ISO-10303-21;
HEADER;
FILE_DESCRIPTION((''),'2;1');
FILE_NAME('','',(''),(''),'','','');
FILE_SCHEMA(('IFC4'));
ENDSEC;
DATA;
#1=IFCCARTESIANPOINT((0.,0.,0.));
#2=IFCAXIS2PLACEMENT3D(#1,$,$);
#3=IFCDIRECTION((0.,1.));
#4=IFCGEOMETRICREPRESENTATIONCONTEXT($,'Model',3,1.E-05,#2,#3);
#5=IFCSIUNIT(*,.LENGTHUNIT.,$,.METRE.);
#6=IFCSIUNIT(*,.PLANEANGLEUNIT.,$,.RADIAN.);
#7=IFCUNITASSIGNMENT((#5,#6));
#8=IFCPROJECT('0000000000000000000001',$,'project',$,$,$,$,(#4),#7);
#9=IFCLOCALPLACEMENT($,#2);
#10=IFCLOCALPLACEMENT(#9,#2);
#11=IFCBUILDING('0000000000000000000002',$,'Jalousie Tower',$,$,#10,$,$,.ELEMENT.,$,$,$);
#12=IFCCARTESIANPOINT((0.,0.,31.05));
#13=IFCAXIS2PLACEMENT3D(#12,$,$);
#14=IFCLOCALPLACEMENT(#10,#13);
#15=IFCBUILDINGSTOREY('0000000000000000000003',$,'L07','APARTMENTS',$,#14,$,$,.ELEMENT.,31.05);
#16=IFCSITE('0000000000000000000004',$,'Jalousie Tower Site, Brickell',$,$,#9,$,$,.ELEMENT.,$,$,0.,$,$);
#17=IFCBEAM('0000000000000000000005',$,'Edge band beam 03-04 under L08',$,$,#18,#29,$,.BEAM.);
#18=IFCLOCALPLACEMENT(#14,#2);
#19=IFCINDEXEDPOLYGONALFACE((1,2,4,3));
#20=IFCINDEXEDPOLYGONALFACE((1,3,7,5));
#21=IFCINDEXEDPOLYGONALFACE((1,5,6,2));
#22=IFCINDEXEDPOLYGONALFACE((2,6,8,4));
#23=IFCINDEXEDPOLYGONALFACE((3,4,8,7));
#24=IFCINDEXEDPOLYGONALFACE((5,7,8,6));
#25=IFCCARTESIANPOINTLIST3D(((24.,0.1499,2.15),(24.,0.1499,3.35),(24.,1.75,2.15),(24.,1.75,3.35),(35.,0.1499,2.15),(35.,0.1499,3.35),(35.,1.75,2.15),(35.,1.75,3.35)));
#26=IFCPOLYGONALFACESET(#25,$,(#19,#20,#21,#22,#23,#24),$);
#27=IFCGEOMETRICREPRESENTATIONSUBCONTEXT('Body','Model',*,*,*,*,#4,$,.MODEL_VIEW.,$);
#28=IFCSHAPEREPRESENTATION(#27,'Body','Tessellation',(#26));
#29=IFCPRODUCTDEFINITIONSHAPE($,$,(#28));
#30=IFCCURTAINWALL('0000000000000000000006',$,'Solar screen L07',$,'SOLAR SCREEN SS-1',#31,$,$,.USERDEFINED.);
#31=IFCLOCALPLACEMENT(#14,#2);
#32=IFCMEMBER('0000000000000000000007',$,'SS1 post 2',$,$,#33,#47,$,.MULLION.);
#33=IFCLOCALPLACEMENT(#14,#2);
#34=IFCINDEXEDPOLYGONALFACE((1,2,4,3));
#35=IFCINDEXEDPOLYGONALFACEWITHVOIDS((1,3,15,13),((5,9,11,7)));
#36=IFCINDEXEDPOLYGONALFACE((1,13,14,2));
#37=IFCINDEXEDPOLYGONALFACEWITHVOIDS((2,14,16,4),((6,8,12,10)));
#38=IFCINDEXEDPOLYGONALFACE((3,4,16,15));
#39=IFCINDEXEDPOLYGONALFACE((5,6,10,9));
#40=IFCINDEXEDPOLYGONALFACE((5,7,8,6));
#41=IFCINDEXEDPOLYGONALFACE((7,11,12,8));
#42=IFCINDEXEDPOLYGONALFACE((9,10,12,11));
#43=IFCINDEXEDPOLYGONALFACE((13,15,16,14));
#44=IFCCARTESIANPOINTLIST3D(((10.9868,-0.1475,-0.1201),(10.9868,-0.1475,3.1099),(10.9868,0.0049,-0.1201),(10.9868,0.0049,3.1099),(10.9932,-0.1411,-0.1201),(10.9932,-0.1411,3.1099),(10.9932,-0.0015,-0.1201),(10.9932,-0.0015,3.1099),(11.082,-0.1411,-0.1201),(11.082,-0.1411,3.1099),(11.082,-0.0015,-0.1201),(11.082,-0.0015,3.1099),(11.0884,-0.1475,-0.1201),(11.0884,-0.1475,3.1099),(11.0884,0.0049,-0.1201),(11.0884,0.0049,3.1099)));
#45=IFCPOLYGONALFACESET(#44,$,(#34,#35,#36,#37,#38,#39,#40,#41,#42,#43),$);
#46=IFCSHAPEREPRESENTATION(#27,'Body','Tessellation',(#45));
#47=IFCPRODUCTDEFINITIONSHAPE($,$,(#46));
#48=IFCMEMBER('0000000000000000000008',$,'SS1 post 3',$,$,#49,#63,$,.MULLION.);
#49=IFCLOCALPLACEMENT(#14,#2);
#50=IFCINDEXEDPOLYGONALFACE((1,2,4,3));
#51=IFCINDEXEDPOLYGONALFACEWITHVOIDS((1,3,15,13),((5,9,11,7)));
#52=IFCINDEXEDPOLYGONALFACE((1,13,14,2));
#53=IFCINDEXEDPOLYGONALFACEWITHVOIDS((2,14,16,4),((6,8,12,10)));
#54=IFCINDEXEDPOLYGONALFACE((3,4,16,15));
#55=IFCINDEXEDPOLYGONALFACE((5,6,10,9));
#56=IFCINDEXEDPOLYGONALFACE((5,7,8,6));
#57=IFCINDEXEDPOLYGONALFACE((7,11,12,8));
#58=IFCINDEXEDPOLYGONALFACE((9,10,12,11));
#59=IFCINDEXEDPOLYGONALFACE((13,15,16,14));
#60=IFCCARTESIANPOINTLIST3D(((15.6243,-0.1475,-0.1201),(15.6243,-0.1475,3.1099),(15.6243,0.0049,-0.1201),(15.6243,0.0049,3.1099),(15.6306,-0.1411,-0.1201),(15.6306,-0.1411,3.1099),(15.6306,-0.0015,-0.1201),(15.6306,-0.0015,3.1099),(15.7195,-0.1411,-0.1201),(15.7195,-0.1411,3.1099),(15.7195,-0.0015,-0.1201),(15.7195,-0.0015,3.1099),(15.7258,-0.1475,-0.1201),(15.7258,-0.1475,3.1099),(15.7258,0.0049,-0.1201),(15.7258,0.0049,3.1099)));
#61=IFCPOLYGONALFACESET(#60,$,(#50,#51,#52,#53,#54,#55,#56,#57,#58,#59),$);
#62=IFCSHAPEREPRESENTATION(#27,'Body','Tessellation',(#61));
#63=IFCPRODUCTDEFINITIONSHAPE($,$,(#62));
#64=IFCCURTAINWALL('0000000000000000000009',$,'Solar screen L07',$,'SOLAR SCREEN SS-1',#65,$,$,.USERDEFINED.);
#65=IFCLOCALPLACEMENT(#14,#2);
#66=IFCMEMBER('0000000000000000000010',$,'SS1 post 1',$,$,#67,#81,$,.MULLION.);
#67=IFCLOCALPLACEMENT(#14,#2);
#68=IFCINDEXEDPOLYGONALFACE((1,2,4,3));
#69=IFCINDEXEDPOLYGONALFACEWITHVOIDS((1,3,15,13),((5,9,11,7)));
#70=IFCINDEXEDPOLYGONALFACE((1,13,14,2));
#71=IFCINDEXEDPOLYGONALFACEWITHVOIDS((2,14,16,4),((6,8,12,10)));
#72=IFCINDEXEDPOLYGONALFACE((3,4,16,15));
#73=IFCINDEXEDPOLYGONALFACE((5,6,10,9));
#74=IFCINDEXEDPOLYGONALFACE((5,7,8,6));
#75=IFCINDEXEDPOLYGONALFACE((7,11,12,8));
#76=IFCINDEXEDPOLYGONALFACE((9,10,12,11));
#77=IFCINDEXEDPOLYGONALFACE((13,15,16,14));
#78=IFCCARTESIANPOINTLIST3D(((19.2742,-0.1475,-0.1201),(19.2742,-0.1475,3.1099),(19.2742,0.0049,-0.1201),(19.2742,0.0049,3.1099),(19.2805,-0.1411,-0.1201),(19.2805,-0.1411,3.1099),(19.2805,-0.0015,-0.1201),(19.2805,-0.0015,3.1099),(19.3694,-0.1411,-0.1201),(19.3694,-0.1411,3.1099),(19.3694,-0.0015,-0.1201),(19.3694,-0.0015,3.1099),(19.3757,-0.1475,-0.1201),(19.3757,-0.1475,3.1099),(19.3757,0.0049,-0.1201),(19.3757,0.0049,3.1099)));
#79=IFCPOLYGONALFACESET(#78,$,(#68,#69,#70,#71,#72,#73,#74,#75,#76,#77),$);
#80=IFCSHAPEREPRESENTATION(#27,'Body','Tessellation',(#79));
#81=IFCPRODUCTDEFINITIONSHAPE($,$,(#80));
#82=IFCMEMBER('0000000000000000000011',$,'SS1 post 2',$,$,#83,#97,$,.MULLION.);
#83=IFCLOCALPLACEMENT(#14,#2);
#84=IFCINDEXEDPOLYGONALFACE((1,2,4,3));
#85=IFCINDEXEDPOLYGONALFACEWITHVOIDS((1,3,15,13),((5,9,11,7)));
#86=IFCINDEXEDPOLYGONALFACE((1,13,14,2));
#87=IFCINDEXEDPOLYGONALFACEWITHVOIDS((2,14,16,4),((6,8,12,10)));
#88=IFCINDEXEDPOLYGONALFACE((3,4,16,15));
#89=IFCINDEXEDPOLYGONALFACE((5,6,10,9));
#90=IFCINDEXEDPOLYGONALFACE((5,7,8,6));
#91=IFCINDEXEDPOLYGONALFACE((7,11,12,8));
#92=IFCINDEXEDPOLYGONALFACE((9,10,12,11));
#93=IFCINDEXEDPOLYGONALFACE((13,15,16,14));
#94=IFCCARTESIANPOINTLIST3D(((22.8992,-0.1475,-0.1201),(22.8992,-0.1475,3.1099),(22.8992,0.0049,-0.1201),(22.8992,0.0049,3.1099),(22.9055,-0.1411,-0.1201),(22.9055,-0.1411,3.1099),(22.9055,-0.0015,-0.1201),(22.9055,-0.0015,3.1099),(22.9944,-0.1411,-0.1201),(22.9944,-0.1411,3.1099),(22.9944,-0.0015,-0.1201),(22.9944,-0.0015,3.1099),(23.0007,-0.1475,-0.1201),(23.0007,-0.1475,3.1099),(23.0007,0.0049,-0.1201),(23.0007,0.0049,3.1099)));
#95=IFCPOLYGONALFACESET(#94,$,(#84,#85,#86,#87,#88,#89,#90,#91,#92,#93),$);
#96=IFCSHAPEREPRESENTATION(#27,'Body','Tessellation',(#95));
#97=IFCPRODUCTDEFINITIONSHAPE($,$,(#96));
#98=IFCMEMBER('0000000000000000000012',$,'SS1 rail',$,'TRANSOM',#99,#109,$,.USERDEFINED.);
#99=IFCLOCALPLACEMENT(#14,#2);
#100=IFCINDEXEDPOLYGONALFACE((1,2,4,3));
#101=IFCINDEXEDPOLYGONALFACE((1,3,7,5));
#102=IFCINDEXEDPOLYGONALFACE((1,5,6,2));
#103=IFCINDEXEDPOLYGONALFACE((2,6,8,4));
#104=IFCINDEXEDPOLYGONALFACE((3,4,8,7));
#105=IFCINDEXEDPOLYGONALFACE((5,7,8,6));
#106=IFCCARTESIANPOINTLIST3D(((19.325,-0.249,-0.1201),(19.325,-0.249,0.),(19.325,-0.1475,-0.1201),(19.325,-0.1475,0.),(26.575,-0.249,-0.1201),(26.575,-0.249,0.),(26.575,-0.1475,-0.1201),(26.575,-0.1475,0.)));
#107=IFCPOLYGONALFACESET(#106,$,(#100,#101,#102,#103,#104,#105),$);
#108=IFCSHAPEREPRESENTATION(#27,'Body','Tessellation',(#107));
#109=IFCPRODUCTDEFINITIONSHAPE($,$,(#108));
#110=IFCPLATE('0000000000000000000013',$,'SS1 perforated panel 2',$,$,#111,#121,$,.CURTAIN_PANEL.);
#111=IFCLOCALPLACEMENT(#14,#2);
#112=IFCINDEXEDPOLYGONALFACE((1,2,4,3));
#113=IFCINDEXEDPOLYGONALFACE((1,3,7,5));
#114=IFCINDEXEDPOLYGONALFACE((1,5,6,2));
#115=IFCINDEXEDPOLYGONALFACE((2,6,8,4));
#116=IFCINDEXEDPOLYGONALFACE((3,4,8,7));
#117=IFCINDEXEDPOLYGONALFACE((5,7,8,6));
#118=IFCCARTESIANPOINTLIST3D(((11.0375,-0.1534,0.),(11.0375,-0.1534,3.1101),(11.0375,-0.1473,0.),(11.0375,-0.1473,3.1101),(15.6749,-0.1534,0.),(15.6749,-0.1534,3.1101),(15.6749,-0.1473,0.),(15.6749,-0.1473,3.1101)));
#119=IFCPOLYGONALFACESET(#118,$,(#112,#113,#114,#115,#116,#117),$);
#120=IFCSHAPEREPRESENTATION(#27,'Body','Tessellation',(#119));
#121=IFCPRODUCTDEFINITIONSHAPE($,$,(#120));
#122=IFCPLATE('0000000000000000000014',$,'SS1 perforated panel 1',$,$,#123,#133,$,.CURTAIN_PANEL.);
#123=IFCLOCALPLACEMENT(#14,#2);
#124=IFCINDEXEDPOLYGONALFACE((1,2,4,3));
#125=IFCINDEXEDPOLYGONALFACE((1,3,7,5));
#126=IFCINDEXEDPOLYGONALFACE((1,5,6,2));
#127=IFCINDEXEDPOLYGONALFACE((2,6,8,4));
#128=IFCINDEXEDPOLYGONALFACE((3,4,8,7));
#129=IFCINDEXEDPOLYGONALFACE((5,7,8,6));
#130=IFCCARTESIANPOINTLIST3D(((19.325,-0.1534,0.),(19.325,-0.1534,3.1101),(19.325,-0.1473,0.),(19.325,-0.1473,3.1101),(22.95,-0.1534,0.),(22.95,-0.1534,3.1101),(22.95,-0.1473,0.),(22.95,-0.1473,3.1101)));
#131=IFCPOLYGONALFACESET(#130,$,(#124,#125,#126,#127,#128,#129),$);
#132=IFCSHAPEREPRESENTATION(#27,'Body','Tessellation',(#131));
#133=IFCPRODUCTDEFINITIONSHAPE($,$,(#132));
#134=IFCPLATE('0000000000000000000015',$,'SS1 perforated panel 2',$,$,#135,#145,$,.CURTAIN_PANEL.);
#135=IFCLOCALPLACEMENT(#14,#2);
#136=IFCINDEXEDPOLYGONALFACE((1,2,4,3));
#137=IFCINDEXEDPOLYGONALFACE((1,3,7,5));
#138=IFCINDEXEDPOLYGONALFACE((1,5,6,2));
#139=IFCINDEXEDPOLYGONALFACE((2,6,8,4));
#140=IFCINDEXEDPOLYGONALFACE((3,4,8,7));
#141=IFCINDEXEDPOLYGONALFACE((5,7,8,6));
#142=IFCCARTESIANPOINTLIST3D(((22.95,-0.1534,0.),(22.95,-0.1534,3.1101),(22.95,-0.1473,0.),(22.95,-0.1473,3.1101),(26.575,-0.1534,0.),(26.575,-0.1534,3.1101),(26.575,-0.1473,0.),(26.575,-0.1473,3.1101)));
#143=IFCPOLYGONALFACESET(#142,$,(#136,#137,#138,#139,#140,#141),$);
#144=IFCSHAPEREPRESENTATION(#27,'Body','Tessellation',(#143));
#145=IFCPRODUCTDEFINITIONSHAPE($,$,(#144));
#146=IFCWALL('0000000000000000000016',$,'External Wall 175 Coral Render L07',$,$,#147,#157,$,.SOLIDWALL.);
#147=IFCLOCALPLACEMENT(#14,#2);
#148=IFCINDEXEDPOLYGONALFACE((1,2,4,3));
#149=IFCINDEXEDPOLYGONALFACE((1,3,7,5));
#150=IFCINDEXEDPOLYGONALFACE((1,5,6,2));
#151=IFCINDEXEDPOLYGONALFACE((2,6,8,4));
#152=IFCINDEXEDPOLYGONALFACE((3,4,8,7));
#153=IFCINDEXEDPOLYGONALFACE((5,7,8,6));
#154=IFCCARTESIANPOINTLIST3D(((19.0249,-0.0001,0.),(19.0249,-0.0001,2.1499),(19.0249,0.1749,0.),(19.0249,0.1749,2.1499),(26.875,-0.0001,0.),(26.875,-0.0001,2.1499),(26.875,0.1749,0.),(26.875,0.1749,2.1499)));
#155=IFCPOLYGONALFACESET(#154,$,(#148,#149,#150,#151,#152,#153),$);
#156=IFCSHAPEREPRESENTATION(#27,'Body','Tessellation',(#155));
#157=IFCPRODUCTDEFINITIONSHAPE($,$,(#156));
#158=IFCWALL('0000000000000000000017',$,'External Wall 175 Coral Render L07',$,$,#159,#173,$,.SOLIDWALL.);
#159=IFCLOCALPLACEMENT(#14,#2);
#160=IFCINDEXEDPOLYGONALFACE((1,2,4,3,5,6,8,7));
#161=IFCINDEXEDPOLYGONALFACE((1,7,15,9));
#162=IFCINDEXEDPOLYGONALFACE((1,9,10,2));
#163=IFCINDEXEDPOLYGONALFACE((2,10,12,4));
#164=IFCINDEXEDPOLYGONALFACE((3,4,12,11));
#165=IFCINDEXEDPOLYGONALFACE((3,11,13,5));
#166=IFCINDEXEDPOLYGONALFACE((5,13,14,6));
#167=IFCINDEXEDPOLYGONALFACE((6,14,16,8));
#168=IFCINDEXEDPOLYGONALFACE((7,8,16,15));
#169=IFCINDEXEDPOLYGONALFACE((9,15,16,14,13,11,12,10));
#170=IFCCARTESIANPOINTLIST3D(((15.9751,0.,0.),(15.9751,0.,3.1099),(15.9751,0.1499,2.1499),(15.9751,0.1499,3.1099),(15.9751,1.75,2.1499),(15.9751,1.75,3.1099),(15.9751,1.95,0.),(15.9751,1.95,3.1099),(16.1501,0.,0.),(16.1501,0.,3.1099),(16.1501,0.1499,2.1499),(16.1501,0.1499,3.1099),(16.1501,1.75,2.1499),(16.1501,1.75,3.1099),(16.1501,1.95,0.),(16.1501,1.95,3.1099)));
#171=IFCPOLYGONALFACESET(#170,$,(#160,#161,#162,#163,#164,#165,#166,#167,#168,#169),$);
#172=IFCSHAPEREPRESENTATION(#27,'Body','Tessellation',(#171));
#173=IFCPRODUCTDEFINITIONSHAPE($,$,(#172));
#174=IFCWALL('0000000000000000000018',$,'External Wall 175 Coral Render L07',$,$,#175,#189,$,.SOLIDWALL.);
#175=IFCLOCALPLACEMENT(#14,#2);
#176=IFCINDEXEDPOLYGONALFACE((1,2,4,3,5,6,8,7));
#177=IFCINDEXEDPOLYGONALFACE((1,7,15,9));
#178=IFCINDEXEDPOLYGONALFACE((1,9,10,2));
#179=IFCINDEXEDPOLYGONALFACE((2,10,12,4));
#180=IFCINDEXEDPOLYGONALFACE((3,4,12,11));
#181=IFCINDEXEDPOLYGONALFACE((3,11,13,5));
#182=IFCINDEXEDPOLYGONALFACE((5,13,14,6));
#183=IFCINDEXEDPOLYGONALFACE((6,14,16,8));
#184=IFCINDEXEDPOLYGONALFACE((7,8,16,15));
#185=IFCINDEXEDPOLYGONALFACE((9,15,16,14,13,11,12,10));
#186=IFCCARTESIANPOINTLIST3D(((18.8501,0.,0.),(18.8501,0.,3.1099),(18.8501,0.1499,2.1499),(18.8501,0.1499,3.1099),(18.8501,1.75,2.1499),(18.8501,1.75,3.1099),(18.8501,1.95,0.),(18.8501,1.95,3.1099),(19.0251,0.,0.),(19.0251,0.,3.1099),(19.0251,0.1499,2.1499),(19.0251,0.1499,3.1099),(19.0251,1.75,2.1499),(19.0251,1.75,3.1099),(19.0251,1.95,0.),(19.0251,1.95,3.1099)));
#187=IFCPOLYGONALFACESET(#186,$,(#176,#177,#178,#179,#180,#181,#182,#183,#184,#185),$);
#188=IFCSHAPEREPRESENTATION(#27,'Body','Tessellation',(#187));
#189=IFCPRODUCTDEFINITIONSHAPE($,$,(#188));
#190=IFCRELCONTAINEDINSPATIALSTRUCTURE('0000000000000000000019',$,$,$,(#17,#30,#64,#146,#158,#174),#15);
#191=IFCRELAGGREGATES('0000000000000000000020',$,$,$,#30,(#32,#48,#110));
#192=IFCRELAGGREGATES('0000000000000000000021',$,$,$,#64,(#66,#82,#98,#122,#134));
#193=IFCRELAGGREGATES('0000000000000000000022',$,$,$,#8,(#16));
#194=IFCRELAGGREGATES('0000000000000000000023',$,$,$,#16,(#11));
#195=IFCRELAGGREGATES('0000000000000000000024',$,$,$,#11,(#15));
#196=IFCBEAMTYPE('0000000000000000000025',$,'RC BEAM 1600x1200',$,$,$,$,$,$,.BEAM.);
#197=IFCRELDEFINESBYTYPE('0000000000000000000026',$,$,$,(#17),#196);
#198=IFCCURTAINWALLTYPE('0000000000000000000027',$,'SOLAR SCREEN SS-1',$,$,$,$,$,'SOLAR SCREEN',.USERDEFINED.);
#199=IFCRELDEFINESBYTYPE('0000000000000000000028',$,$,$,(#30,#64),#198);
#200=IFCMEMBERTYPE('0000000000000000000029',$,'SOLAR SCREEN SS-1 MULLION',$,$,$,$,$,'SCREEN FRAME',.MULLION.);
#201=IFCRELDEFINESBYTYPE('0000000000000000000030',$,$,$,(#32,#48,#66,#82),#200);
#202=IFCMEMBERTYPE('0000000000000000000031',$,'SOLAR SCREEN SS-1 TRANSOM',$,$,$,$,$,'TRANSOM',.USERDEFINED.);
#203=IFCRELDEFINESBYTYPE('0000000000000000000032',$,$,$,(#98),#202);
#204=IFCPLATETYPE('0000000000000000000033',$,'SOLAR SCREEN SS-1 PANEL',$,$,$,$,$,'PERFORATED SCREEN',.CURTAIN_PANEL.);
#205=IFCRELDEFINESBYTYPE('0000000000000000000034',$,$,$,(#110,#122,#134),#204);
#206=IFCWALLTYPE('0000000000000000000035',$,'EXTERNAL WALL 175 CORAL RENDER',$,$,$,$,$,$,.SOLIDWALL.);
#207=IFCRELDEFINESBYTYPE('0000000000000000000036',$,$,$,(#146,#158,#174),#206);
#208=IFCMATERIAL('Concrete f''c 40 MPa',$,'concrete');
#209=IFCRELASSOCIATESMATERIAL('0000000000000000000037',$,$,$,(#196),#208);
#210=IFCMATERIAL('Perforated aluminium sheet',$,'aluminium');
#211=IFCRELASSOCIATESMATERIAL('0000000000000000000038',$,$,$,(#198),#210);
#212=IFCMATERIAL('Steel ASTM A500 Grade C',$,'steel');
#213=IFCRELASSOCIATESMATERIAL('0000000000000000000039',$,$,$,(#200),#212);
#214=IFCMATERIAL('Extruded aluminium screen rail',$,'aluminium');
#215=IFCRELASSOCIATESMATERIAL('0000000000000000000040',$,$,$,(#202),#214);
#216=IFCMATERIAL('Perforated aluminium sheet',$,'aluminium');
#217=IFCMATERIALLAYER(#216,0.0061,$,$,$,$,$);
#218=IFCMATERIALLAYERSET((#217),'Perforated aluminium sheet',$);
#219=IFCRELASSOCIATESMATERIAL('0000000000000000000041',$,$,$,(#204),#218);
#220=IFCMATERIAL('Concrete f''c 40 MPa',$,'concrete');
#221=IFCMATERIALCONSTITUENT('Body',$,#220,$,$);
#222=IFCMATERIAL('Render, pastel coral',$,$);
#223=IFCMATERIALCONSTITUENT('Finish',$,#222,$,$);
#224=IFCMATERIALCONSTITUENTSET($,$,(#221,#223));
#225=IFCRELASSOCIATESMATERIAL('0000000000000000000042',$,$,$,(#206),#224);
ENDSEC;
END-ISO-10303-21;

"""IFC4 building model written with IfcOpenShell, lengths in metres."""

from ifc_helpers import new_model, si_unit, direction, frame, frame_2d, origin, origin_2d, place, context, subcontext, project, spatial, polyline, rectangle, hollow_rectangle, outline, extrude, material, layer, layer_set, constituent, constituent_set, material_profile, profile_set, type_object, element, aggregate, save


model = new_model("IFC4")

# Units and contexts
model_context = context("Model", 3, precision=1e-05, world=origin(), true_north=direction((0.0, 1.0)))
body_context = subcontext(model_context, "Body", "Model", "MODEL_VIEW")
ifc_project = project(units=[si_unit("LENGTHUNIT", "METRE"), si_unit("PLANEANGLEUNIT", "RADIAN")], contexts=[model_context])

# Site, building, storey
site_placement = place(None, origin())
site = spatial("IfcSite", under=ifc_project, at=site_placement, Name="Jalousie Tower Site, Brickell", CompositionType="ELEMENT", RefElevation=0.0)
building_placement = place(site_placement, origin())
building = spatial("IfcBuilding", under=site, at=building_placement, Name="Jalousie Tower", CompositionType="ELEMENT")
storey_placement = place(building_placement, frame((0.0, 0.0, 31.05)))
storey = spatial("IfcBuildingStorey", under=building, at=storey_placement, Name="L07", Description="APARTMENTS", CompositionType="ELEMENT", Elevation=31.05)

# Beam
ifc_material_1 = material(Name="Concrete f'c 40 MPa", Category="concrete")
ifc_material_profile_1 = material_profile(ifc_material_1, rectangle(XDim=1.6001, YDim=1.2, at=origin_2d()), Name="RC 1600x1200")
ifc_profile_set_1 = profile_set([ifc_material_profile_1], Name="Concrete f'c 40 MPa")
beam_type_1 = type_object("IfcBeamType", Name="RC BEAM 1600x1200", PredefinedType="BEAM", material=ifc_profile_set_1)
for number, where, z_axis, x_axis, name in (
    (1, (24.0, 0.95, 2.75), (1.0, 0.0, 0.0), (0.0, 1.0, 0.0), "Edge band beam 03-04 under L08"),
):
    element("IfcBeam", number, at=place(storey_placement, frame(where, z_axis=z_axis, x_axis=x_axis)), inside=storey, type_object=beam_type_1, Name=name, PredefinedType="BEAM", context=body_context, shape_type="SweptSolid", body=[
        extrude(rectangle(XDim=1.6001, YDim=1.2, at=origin_2d()), origin(), (0.0, 0.0, 1.0), 11.0),
    ])

# Curtain walls, members
ifc_material_2 = material(Name="Perforated aluminium sheet", Category="aluminium")
curtain_wall_type = type_object("IfcCurtainWallType", Name="SOLAR SCREEN SS-1", ElementType="SOLAR SCREEN", PredefinedType="USERDEFINED", material=ifc_material_2)
curtain_wall_1_placement = place(storey_placement, origin())
curtain_wall_1 = element("IfcCurtainWall", 2, at=curtain_wall_1_placement, inside=storey, type_object=curtain_wall_type, Name="Solar screen L07", ObjectType="SOLAR SCREEN SS-1", PredefinedType="USERDEFINED")
ifc_material_3 = material(Name="Steel ASTM A500 Grade C", Category="steel")
ifc_material_profile_2 = material_profile(ifc_material_3, hollow_rectangle(XDim=0.1016, YDim=0.1523, WallThickness=0.0063, at=origin_2d()), Name="HSS6X4X1/4")
ifc_profile_set_2 = profile_set([ifc_material_profile_2], Name="Steel ASTM A500 Grade C")
member_type_1 = type_object("IfcMemberType", Name="SOLAR SCREEN SS-1 MULLION", ElementType="SCREEN FRAME", PredefinedType="MULLION", material=ifc_profile_set_2)
member_1_placement = place(storey_placement, frame((11.0376, -0.0713, -0.1201), z_axis=(0.0, 0.0, 1.0), x_axis=(1.0, 0.0, 0.0)))
member_1 = element("IfcMember", 3, at=member_1_placement, type_object=member_type_1, Name="SS1 post 2", PredefinedType="MULLION", context=body_context, shape_type="SweptSolid", body=[
    extrude(hollow_rectangle(XDim=0.1016, YDim=0.1523, WallThickness=0.0063, at=origin_2d()), origin(), (0.0, 0.0, 1.0), 3.23),
])
member_2_placement = place(storey_placement, frame((15.675, -0.0713, -0.1201), z_axis=(0.0, 0.0, 1.0), x_axis=(1.0, 0.0, 0.0)))
member_2 = element("IfcMember", 4, at=member_2_placement, type_object=member_type_1, Name="SS1 post 3", PredefinedType="MULLION", context=body_context, shape_type="SweptSolid", body=[
    extrude(hollow_rectangle(XDim=0.1016, YDim=0.1523, WallThickness=0.0063, at=origin_2d()), origin(), (0.0, 0.0, 1.0), 3.23),
])
curtain_wall_2_placement = place(storey_placement, origin())
curtain_wall_2 = element("IfcCurtainWall", 5, at=curtain_wall_2_placement, inside=storey, type_object=curtain_wall_type, Name="Solar screen L07", ObjectType="SOLAR SCREEN SS-1", PredefinedType="USERDEFINED")
member_3_placement = place(storey_placement, frame((19.325, -0.0713, -0.1201), z_axis=(0.0, 0.0, 1.0), x_axis=(1.0, 0.0, 0.0)))
member_3 = element("IfcMember", 6, at=member_3_placement, type_object=member_type_1, Name="SS1 post 1", PredefinedType="MULLION", context=body_context, shape_type="SweptSolid", body=[
    extrude(hollow_rectangle(XDim=0.1016, YDim=0.1523, WallThickness=0.0063, at=origin_2d()), origin(), (0.0, 0.0, 1.0), 3.23),
])
member_4_placement = place(storey_placement, frame((22.95, -0.0713, -0.1201), z_axis=(0.0, 0.0, 1.0), x_axis=(1.0, 0.0, 0.0)))
member_4 = element("IfcMember", 7, at=member_4_placement, type_object=member_type_1, Name="SS1 post 2", PredefinedType="MULLION", context=body_context, shape_type="SweptSolid", body=[
    extrude(hollow_rectangle(XDim=0.1016, YDim=0.1523, WallThickness=0.0063, at=origin_2d()), origin(), (0.0, 0.0, 1.0), 3.23),
])
ifc_material_4 = material(Name="Extruded aluminium screen rail", Category="aluminium")
ifc_material_profile_3 = material_profile(ifc_material_4, rectangle(XDim=0.1016, YDim=0.1201, at=origin_2d()), Name="RAIL 102x120")
ifc_profile_set_3 = profile_set([ifc_material_profile_3], Name="Extruded aluminium screen rail")
member_type_2 = type_object("IfcMemberType", Name="SOLAR SCREEN SS-1 TRANSOM", ElementType="TRANSOM", PredefinedType="USERDEFINED", material=ifc_profile_set_3)
member_5_placement = place(storey_placement, frame((19.325, -0.1982, -0.0601), z_axis=(1.0, 0.0, 0.0), x_axis=(0.0, 1.0, 0.0)))
member_5 = element("IfcMember", 8, at=member_5_placement, type_object=member_type_2, Name="SS1 rail", ObjectType="TRANSOM", PredefinedType="USERDEFINED", context=body_context, shape_type="SweptSolid", body=[
    extrude(rectangle(XDim=0.1016, YDim=0.1201, at=origin_2d()), origin(), (0.0, 0.0, 1.0), 7.25),
])

# Plates
ifc_material_5 = material(Name="Perforated aluminium sheet", Category="aluminium")
ifc_layer_1 = layer(ifc_material_5, 0.0061)
ifc_layer_set_1 = layer_set([ifc_layer_1], Name="Perforated aluminium sheet")
plate_type = type_object("IfcPlateType", Name="SOLAR SCREEN SS-1 PANEL", ElementType="PERFORATED SCREEN", PredefinedType="CURTAIN_PANEL", material=ifc_layer_set_1)
plate_1_placement = place(storey_placement, frame((13.3562, -0.1504, 0.0), z_axis=(0.0, 0.0, 1.0), x_axis=(1.0, 0.0, 0.0)))
plate_1 = element("IfcPlate", 9, at=plate_1_placement, type_object=plate_type, Name="SS1 perforated panel 2", PredefinedType="CURTAIN_PANEL", context=body_context, shape_type="SweptSolid", body=[
    extrude(rectangle(XDim=4.6375, YDim=0.0061, at=origin_2d()), origin(), (0.0, 0.0, 1.0), 3.1101),
])
aggregate(curtain_wall_1, [member_1, member_2, plate_1])
plate_2_placement = place(storey_placement, frame((21.1375, -0.1504, 0.0), z_axis=(0.0, 0.0, 1.0), x_axis=(1.0, 0.0, 0.0)))
plate_2 = element("IfcPlate", 10, at=plate_2_placement, type_object=plate_type, Name="SS1 perforated panel 1", PredefinedType="CURTAIN_PANEL", context=body_context, shape_type="SweptSolid", body=[
    extrude(rectangle(XDim=3.625, YDim=0.0061, at=origin_2d()), origin(), (0.0, 0.0, 1.0), 3.1101),
])
plate_3_placement = place(storey_placement, frame((24.7625, -0.1504, 0.0), z_axis=(0.0, 0.0, 1.0), x_axis=(1.0, 0.0, 0.0)))
plate_3 = element("IfcPlate", 11, at=plate_3_placement, type_object=plate_type, Name="SS1 perforated panel 2", PredefinedType="CURTAIN_PANEL", context=body_context, shape_type="SweptSolid", body=[
    extrude(rectangle(XDim=3.625, YDim=0.0061, at=origin_2d()), origin(), (0.0, 0.0, 1.0), 3.1101),
])
aggregate(curtain_wall_2, [member_3, member_4, member_5, plate_2, plate_3])

# Walls
ifc_material_6 = material(Name="Concrete f'c 40 MPa", Category="concrete")
ifc_constituent_1 = constituent(ifc_material_6, Name="Body")
ifc_material_7 = material(Name="Render, pastel coral")
ifc_constituent_2 = constituent(ifc_material_7, Name="Finish")
ifc_constituent_set_1 = constituent_set(constituents=[ifc_constituent_1, ifc_constituent_2])
wall_type_1 = type_object("IfcWallType", Name="EXTERNAL WALL 175 CORAL RENDER", PredefinedType="SOLIDWALL", material=ifc_constituent_set_1)
wall_1_placement = place(storey_placement, frame((19.0249, 0.0874, 0.0), z_axis=(0.0, 0.0, 1.0), x_axis=(1.0, 0.0, 0.0)))
element("IfcWall", 12, at=wall_1_placement, inside=storey, type_object=wall_type_1, Name="External Wall 175 Coral Render L07", PredefinedType="SOLIDWALL", context=body_context, shape_type="SweptSolid", body=[
    extrude(rectangle(XDim=7.8501, YDim=0.175, at=frame_2d((3.925, 0.0))), origin(), (0.0, 0.0, 1.0), 2.1499),
])
for number, where, z_axis, x_axis, name in (
    (13, (16.0625, 0.0, 0.0), (0.0, 0.0, 1.0), (0.0, 1.0, 0.0), "External Wall 175 Coral Render L07"),
    (14, (18.9375, 0.0, 0.0), (0.0, 0.0, 1.0), (0.0, 1.0, 0.0), "External Wall 175 Coral Render L07"),
):
    element("IfcWall", number, at=place(storey_placement, frame(where, z_axis=z_axis, x_axis=x_axis)), inside=storey, type_object=wall_type_1, Name=name, PredefinedType="SOLIDWALL", context=body_context, shape_type="SweptSolid", body=[
        extrude(outline(polyline([(0.0, 0.0), (1.95, 0.0), (1.95, 3.1099), (1.75, 3.1099), (1.75, 2.1499), (0.1499, 2.1499), (0.1499, 3.1099), (0.0, 3.1099), (0.0, 0.0)])), frame((0.0, 0.0874, 0.0), z_axis=(0.0, -1.0, 0.0), x_axis=(1.0, 0.0, 0.0)), (0.0, 0.0, 1.0), 0.175),
    ])

save(model, "model.ifc")
